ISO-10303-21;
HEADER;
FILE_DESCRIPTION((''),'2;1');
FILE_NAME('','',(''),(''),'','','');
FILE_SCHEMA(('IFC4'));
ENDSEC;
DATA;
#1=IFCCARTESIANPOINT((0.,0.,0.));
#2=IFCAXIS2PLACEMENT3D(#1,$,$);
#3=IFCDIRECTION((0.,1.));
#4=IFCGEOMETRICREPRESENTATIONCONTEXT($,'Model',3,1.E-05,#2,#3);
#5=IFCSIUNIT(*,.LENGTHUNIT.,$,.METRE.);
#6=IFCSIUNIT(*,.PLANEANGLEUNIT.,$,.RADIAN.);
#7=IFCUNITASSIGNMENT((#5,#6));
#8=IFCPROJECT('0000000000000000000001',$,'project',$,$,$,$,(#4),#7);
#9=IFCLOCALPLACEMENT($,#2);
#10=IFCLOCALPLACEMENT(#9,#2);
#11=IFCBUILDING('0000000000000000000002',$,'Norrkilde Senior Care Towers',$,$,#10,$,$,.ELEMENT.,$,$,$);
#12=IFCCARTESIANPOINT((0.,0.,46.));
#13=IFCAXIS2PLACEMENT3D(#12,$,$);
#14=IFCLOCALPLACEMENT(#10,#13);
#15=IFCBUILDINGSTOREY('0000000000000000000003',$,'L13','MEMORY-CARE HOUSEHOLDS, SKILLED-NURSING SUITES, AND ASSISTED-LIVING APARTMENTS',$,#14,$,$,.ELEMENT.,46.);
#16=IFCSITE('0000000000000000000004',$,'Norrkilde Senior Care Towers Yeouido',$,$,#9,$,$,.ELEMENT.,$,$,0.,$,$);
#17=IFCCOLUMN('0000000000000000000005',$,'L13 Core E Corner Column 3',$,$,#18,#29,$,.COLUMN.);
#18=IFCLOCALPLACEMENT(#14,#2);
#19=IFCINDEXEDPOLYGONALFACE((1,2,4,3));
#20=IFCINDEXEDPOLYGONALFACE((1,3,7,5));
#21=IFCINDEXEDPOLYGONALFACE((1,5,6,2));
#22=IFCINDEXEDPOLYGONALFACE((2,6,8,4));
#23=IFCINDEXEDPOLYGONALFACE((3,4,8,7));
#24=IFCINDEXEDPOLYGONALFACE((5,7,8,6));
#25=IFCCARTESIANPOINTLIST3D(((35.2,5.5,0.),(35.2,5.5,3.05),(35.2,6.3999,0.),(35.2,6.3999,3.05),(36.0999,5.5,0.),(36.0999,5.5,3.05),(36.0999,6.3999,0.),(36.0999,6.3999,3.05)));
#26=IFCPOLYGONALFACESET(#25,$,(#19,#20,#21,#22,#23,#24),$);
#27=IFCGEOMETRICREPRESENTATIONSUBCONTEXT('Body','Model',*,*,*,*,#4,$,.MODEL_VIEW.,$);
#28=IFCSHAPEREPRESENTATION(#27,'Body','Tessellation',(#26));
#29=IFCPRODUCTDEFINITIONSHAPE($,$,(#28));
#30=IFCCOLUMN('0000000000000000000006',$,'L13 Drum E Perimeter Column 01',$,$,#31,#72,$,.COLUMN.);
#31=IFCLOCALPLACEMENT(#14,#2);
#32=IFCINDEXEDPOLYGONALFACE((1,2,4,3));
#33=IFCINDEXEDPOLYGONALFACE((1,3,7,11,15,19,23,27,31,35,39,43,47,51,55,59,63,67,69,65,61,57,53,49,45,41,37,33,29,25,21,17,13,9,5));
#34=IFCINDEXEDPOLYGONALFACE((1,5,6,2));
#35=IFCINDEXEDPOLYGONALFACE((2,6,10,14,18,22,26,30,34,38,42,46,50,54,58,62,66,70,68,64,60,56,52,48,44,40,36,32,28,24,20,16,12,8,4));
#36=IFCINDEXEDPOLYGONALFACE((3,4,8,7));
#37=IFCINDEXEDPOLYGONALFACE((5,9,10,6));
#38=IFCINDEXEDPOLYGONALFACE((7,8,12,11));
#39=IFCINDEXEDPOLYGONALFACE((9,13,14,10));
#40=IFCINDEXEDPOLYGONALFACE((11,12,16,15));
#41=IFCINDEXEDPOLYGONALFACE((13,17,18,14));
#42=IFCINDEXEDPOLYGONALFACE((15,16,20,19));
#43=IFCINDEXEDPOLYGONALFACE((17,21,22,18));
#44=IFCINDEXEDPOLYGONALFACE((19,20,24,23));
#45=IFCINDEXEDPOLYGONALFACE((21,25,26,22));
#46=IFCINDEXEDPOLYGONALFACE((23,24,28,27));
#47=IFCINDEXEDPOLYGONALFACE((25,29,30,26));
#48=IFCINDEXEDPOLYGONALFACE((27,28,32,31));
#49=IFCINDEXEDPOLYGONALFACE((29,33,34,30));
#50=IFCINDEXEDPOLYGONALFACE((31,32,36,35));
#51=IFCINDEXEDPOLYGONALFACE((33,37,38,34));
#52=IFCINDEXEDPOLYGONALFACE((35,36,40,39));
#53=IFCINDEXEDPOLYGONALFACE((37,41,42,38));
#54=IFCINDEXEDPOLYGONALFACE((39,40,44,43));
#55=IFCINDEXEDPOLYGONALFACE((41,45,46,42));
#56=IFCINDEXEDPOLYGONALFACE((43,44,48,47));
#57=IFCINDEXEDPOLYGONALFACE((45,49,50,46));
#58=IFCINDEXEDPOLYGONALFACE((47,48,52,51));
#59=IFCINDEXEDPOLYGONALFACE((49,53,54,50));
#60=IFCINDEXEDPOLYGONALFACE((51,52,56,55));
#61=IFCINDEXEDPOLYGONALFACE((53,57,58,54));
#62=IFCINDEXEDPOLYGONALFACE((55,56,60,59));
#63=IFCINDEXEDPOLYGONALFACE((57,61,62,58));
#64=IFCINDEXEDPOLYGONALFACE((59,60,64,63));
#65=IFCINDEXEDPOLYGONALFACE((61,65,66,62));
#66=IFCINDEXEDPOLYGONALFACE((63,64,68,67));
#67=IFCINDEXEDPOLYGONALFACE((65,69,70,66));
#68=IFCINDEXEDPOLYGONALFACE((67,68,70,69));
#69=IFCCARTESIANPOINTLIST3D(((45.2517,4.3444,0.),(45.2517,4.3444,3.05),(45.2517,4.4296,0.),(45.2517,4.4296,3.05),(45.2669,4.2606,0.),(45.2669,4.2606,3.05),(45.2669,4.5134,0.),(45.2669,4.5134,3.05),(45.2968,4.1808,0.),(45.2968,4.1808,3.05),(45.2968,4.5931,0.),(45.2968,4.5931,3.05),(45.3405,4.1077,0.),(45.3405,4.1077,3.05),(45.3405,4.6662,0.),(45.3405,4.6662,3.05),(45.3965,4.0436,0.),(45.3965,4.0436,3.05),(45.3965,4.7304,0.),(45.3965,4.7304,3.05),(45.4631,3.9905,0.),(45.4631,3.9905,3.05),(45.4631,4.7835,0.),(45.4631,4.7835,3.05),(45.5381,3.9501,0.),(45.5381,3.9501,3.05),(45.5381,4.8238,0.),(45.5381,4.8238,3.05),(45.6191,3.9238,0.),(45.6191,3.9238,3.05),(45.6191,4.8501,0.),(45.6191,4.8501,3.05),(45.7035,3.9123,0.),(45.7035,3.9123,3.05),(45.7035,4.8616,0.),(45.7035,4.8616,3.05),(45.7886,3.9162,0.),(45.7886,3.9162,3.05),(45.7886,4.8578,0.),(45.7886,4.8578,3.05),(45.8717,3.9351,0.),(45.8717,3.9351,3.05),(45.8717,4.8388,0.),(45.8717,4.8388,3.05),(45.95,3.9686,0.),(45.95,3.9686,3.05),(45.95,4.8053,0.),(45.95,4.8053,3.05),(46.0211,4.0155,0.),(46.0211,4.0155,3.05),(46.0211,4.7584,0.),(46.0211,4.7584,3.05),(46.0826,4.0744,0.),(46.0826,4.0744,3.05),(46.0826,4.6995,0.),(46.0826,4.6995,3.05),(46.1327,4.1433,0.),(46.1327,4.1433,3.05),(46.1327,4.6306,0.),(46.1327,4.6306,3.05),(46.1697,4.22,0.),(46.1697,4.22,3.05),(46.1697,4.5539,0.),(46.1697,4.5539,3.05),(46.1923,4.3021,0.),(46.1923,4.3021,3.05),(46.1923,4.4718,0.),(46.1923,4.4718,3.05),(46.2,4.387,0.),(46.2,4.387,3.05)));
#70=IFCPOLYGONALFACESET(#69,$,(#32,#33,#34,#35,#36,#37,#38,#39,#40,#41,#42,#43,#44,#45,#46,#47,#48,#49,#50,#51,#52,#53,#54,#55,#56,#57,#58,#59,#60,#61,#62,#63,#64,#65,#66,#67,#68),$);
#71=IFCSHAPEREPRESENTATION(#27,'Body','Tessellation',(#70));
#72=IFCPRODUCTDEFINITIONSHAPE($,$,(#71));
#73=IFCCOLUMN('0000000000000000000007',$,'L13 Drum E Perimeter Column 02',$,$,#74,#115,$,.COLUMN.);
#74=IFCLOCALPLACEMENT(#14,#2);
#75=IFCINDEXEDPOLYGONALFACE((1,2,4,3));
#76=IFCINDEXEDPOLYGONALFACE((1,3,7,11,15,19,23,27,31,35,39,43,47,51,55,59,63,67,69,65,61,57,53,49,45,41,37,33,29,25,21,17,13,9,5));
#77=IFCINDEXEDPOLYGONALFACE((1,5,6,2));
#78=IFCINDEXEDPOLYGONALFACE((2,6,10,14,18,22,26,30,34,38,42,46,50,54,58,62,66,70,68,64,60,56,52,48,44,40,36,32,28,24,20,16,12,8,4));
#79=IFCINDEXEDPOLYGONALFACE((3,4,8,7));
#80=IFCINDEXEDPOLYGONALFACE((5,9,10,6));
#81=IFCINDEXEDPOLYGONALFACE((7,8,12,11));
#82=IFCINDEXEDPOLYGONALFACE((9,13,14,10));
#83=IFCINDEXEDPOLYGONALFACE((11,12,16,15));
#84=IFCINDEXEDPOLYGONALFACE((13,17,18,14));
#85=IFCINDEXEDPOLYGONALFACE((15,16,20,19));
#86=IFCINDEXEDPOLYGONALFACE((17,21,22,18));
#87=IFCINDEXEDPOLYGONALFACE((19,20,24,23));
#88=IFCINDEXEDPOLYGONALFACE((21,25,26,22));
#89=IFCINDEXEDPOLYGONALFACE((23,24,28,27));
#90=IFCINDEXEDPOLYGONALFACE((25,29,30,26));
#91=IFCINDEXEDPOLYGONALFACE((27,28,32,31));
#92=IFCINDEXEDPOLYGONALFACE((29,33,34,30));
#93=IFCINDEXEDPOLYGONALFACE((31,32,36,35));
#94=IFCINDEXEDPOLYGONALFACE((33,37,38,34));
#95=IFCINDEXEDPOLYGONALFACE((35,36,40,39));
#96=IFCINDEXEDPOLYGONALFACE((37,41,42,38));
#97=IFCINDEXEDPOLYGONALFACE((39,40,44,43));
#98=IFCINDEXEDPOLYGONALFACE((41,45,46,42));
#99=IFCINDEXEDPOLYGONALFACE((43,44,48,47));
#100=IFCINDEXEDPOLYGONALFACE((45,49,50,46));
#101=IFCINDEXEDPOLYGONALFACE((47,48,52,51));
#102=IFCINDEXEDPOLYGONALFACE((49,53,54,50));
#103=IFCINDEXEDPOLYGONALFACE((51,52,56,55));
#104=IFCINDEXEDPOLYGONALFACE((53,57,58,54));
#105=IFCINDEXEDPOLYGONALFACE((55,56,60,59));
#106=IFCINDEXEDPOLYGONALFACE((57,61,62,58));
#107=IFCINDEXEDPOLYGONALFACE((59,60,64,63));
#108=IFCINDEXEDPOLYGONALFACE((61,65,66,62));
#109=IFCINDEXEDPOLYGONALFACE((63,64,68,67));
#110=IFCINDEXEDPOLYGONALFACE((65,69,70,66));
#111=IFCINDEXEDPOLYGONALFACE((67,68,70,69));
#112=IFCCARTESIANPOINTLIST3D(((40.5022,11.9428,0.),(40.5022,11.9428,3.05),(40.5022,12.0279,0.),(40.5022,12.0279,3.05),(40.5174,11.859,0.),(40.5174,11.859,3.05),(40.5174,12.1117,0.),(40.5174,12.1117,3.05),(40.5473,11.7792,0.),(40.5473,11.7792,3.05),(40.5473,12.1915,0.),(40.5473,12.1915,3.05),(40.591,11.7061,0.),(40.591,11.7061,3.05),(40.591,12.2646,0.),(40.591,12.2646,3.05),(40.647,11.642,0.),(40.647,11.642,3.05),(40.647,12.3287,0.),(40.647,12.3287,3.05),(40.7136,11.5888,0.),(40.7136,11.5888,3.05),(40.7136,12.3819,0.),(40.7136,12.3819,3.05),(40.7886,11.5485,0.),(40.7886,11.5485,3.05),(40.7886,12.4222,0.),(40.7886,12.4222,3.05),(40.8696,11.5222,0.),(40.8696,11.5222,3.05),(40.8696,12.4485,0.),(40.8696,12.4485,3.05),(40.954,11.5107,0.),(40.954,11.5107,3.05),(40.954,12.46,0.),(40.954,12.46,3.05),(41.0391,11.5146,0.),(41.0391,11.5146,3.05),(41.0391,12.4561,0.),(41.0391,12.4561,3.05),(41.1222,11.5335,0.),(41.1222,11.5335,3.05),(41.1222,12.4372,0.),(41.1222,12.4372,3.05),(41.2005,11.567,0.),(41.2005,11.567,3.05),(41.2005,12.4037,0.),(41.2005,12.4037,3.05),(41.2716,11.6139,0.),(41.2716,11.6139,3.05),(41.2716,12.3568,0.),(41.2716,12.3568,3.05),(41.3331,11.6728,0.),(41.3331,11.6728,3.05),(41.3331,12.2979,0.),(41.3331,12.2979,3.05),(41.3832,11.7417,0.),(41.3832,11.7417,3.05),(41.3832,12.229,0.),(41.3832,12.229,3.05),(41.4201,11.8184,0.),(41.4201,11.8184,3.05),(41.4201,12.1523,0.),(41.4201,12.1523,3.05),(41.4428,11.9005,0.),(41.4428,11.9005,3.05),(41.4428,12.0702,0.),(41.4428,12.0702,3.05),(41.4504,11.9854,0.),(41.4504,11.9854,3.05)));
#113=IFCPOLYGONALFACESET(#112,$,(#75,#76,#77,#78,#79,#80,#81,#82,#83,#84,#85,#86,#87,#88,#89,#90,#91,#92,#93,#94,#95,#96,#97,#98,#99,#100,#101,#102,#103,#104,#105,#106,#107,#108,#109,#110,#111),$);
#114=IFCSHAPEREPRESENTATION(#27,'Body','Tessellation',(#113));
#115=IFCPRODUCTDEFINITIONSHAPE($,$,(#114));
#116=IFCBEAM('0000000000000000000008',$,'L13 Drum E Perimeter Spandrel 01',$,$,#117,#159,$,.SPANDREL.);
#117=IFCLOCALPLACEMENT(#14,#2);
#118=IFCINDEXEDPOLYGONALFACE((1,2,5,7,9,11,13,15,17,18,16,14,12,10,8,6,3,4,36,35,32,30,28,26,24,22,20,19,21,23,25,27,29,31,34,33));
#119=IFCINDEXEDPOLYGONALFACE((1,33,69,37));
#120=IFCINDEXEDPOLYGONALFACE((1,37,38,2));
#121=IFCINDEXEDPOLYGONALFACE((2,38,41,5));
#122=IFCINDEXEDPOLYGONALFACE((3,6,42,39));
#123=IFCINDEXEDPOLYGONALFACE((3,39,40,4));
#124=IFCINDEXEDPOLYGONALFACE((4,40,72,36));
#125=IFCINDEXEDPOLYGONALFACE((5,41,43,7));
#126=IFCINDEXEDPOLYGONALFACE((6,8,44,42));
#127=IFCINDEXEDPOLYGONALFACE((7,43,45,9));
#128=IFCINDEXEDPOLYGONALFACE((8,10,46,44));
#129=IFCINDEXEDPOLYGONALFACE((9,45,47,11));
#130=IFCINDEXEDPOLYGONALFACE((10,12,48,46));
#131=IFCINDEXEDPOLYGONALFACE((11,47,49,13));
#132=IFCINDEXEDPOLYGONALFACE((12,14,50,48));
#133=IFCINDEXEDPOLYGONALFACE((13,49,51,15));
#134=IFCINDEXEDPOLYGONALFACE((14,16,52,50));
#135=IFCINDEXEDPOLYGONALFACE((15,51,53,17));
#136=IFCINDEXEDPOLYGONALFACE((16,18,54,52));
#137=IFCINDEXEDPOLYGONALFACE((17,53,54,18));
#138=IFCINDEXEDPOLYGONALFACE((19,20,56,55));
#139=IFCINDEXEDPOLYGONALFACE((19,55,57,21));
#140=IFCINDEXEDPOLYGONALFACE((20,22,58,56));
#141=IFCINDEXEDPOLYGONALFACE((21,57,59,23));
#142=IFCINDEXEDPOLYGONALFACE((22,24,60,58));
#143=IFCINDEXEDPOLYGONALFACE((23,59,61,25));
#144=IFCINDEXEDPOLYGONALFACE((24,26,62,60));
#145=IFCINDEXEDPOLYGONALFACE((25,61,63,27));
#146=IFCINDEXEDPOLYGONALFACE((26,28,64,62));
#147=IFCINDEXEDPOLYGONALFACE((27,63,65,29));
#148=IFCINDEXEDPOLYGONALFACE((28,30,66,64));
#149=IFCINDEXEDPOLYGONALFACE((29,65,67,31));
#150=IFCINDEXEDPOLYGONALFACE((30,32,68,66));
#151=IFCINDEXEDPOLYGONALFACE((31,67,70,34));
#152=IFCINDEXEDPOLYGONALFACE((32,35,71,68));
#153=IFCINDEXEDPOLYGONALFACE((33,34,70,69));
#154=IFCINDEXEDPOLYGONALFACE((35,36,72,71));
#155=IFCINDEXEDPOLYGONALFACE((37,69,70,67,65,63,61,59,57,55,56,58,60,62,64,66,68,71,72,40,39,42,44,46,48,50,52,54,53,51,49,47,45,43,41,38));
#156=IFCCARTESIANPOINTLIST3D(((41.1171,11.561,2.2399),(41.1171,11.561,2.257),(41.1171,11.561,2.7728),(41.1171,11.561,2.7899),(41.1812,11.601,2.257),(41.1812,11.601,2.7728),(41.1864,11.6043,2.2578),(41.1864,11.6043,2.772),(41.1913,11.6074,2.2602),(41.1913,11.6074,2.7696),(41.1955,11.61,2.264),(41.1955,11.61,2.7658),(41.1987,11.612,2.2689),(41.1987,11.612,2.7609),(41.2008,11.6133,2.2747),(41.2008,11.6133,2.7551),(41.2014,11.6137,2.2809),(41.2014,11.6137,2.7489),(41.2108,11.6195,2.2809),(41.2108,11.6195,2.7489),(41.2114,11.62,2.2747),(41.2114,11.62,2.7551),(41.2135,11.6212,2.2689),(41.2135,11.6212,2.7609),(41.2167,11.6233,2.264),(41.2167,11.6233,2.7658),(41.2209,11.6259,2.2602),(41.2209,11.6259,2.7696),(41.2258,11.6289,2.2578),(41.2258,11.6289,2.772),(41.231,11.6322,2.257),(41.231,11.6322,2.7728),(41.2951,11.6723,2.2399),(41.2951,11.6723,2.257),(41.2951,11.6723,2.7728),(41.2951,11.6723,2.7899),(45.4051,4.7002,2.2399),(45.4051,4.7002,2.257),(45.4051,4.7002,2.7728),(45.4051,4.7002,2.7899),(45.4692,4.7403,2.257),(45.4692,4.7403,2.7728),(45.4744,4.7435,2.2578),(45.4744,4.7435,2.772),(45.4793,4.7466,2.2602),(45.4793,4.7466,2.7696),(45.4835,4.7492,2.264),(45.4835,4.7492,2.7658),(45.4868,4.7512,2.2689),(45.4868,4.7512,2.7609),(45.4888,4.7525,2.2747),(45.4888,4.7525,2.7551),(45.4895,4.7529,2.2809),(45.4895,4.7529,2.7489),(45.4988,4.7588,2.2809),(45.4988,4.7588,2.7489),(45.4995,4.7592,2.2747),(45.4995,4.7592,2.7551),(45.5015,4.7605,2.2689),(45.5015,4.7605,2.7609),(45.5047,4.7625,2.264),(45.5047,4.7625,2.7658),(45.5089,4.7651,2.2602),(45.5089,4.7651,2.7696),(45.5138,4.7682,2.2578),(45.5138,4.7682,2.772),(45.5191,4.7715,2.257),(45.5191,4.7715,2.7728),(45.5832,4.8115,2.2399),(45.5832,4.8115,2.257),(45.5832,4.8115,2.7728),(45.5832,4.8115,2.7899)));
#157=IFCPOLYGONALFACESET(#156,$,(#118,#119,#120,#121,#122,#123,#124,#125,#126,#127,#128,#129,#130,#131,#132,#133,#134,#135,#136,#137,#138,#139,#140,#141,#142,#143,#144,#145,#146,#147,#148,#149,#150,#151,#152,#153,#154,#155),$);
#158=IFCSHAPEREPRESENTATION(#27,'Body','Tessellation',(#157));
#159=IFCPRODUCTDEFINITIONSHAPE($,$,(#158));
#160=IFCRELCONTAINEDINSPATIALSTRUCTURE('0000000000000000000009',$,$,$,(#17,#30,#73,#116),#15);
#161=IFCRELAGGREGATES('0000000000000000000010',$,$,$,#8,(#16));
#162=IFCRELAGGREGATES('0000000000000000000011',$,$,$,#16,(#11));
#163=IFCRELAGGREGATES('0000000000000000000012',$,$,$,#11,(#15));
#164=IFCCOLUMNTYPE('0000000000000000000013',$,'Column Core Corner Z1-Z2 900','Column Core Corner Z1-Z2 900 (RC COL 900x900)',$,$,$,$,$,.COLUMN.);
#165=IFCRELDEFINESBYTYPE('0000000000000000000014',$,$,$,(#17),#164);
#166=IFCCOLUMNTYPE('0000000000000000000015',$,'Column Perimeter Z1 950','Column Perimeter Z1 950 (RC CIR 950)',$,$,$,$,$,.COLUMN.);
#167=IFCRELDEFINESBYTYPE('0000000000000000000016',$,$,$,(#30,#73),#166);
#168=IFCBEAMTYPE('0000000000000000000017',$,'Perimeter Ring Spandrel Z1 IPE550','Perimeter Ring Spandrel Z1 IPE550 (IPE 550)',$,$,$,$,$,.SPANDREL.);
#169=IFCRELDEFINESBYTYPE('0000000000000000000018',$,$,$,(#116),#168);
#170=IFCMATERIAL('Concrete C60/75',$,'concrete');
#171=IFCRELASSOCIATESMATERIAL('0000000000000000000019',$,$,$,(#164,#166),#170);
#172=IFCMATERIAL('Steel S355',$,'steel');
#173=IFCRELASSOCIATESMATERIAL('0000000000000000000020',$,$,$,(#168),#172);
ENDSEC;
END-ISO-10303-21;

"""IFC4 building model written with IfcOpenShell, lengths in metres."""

from ifc_helpers import new_model, si_unit, direction, frame, origin, origin_2d, place, context, subcontext, project, spatial, rectangle, circle, i_section, extrude, source, transform, mapped, material, material_profile, profile_set, type_object, type_shapes, element, save


model = new_model("IFC4")

# Units and contexts
model_context = context("Model", 3, precision=1e-05, world=origin(), true_north=direction((0.0, 1.0)))
body_context = subcontext(model_context, "Body", "Model", "MODEL_VIEW")
ifc_project = project(units=[si_unit("LENGTHUNIT", "METRE"), si_unit("PLANEANGLEUNIT", "RADIAN")], contexts=[model_context])

# Site, building, storey
site_placement = place(None, origin())
site = spatial("IfcSite", under=ifc_project, at=site_placement, Name="Norrkilde Senior Care Towers Yeouido", CompositionType="ELEMENT", RefElevation=0.0)
building_placement = place(site_placement, origin())
building = spatial("IfcBuilding", under=site, at=building_placement, Name="Norrkilde Senior Care Towers", CompositionType="ELEMENT")
storey_placement = place(building_placement, frame((0.0, 0.0, 46.0)))
storey = spatial("IfcBuildingStorey", under=building, at=storey_placement, Name="L13", Description="MEMORY-CARE HOUSEHOLDS, SKILLED-NURSING SUITES, AND ASSISTED-LIVING APARTMENTS", CompositionType="ELEMENT", Elevation=46.0)

# Columns
ifc_material_1 = material(Name="Concrete C60/75", Category="concrete")
ifc_material_profile_1 = material_profile(ifc_material_1, rectangle(XDim=0.8999, YDim=0.8999, at=origin_2d()), Name="RC COL 900x900")
ifc_profile_set_1 = profile_set([ifc_material_profile_1], Name="Concrete C60/75")
column_type_1 = type_object("IfcColumnType", Name="Column Core Corner Z1-Z2 900", Description="Column Core Corner Z1-Z2 900 (RC COL 900x900)", PredefinedType="COLUMN", material=ifc_profile_set_1)
shared_shape_1 = source(origin(), body_context, "Body", "SweptSolid", [
    extrude(rectangle(XDim=0.8999, YDim=0.8999, at=origin_2d()), origin(), (0.0, 0.0, 1.0), 3.05),
])
type_shapes(column_type_1, [shared_shape_1])
column_placement = place(storey_placement, frame((35.6499, 5.95, 0.0), z_axis=(0.0, 0.0, 1.0), x_axis=(1.0, 0.0, 0.0)))
element("IfcColumn", 1, at=column_placement, inside=storey, type_object=column_type_1, Name="L13 Core E Corner Column 3", PredefinedType="COLUMN", context=body_context, shape_type="MappedRepresentation", body=[
    mapped(shared_shape_1, transform((0.0, 0.0, 0.0), x_axis=(1.0, 0.0, 0.0), y_axis=(0.0, 1.0, 0.0), z_axis=(0.0, 0.0, 1.0), scale=1.0)),
])
ifc_material_profile_2 = material_profile(ifc_material_1, circle(Radius=0.4751, at=origin_2d()), Name="RC CIR 950")
ifc_profile_set_2 = profile_set([ifc_material_profile_2], Name="Concrete C60/75")
column_type_2 = type_object("IfcColumnType", Name="Column Perimeter Z1 950", Description="Column Perimeter Z1 950 (RC CIR 950)", PredefinedType="COLUMN", material=ifc_profile_set_2)
shared_shape_2 = source(origin(), body_context, "Body", "SweptSolid", [
    extrude(circle(Radius=0.4751, at=origin_2d()), origin(), (0.0, 0.0, 1.0), 3.05),
])
type_shapes(column_type_2, [shared_shape_2])
for number, where, z_axis, x_axis, name in (
    (2, (45.7249, 4.387, 0.0), (0.0, 0.0, 1.0), (1.0, 0.0, 0.0), "L13 Drum E Perimeter Column 01"),
    (3, (40.9753, 11.9854, 0.0), (0.0, 0.0, 1.0), (1.0, 0.0, 0.0), "L13 Drum E Perimeter Column 02"),
):
    element("IfcColumn", number, at=place(storey_placement, frame(where, z_axis=z_axis, x_axis=x_axis)), inside=storey, type_object=column_type_2, Name=name, PredefinedType="COLUMN", context=body_context, shape_type="MappedRepresentation", body=[
        mapped(shared_shape_2, transform((0.0, 0.0, 0.0), x_axis=(1.0, 0.0, 0.0), y_axis=(0.0, 1.0, 0.0), z_axis=(0.0, 0.0, 1.0), scale=1.0)),
    ])

# Beam
ifc_material_2 = material(Name="Steel S355", Category="steel")
ifc_material_profile_3 = material_profile(ifc_material_2, i_section(OverallWidth=0.21, OverallDepth=0.55, WebThickness=0.011, FlangeThickness=0.0171, FilletRadius=0.0239, at=origin_2d()), Name="IPE 550")
ifc_profile_set_3 = profile_set([ifc_material_profile_3], Name="Steel S355")
beam_type_1 = type_object("IfcBeamType", Name="Perimeter Ring Spandrel Z1 IPE550", Description="Perimeter Ring Spandrel Z1 IPE550 (IPE 550)", PredefinedType="SPANDREL", material=ifc_profile_set_3)
shared_shape_3 = source(origin(), body_context, "Body", "SweptSolid", [
    extrude(i_section(OverallWidth=0.21, OverallDepth=0.55, WebThickness=0.011, FlangeThickness=0.0171, FilletRadius=0.0239, at=origin_2d()), origin(), (0.0, 0.0, 1.0), 8.0906),
])
beam_1_placement = place(storey_placement, frame((45.4941, 4.7559, 2.5149), z_axis=(-0.530004, 0.847995, 0.0), x_axis=(-0.847995, -0.530004, 0.0)))
element("IfcBeam", 4, at=beam_1_placement, inside=storey, type_object=beam_type_1, Name="L13 Drum E Perimeter Spandrel 01", PredefinedType="SPANDREL", context=body_context, shape_type="MappedRepresentation", body=[
    mapped(shared_shape_3, transform((0.0, 0.0, 0.0), x_axis=(1.0, 0.0, 0.0), y_axis=(0.0, 1.0, 0.0), z_axis=(0.0, 0.0, 1.0), scale=1.0)),
])

save(model, "model.ifc")
